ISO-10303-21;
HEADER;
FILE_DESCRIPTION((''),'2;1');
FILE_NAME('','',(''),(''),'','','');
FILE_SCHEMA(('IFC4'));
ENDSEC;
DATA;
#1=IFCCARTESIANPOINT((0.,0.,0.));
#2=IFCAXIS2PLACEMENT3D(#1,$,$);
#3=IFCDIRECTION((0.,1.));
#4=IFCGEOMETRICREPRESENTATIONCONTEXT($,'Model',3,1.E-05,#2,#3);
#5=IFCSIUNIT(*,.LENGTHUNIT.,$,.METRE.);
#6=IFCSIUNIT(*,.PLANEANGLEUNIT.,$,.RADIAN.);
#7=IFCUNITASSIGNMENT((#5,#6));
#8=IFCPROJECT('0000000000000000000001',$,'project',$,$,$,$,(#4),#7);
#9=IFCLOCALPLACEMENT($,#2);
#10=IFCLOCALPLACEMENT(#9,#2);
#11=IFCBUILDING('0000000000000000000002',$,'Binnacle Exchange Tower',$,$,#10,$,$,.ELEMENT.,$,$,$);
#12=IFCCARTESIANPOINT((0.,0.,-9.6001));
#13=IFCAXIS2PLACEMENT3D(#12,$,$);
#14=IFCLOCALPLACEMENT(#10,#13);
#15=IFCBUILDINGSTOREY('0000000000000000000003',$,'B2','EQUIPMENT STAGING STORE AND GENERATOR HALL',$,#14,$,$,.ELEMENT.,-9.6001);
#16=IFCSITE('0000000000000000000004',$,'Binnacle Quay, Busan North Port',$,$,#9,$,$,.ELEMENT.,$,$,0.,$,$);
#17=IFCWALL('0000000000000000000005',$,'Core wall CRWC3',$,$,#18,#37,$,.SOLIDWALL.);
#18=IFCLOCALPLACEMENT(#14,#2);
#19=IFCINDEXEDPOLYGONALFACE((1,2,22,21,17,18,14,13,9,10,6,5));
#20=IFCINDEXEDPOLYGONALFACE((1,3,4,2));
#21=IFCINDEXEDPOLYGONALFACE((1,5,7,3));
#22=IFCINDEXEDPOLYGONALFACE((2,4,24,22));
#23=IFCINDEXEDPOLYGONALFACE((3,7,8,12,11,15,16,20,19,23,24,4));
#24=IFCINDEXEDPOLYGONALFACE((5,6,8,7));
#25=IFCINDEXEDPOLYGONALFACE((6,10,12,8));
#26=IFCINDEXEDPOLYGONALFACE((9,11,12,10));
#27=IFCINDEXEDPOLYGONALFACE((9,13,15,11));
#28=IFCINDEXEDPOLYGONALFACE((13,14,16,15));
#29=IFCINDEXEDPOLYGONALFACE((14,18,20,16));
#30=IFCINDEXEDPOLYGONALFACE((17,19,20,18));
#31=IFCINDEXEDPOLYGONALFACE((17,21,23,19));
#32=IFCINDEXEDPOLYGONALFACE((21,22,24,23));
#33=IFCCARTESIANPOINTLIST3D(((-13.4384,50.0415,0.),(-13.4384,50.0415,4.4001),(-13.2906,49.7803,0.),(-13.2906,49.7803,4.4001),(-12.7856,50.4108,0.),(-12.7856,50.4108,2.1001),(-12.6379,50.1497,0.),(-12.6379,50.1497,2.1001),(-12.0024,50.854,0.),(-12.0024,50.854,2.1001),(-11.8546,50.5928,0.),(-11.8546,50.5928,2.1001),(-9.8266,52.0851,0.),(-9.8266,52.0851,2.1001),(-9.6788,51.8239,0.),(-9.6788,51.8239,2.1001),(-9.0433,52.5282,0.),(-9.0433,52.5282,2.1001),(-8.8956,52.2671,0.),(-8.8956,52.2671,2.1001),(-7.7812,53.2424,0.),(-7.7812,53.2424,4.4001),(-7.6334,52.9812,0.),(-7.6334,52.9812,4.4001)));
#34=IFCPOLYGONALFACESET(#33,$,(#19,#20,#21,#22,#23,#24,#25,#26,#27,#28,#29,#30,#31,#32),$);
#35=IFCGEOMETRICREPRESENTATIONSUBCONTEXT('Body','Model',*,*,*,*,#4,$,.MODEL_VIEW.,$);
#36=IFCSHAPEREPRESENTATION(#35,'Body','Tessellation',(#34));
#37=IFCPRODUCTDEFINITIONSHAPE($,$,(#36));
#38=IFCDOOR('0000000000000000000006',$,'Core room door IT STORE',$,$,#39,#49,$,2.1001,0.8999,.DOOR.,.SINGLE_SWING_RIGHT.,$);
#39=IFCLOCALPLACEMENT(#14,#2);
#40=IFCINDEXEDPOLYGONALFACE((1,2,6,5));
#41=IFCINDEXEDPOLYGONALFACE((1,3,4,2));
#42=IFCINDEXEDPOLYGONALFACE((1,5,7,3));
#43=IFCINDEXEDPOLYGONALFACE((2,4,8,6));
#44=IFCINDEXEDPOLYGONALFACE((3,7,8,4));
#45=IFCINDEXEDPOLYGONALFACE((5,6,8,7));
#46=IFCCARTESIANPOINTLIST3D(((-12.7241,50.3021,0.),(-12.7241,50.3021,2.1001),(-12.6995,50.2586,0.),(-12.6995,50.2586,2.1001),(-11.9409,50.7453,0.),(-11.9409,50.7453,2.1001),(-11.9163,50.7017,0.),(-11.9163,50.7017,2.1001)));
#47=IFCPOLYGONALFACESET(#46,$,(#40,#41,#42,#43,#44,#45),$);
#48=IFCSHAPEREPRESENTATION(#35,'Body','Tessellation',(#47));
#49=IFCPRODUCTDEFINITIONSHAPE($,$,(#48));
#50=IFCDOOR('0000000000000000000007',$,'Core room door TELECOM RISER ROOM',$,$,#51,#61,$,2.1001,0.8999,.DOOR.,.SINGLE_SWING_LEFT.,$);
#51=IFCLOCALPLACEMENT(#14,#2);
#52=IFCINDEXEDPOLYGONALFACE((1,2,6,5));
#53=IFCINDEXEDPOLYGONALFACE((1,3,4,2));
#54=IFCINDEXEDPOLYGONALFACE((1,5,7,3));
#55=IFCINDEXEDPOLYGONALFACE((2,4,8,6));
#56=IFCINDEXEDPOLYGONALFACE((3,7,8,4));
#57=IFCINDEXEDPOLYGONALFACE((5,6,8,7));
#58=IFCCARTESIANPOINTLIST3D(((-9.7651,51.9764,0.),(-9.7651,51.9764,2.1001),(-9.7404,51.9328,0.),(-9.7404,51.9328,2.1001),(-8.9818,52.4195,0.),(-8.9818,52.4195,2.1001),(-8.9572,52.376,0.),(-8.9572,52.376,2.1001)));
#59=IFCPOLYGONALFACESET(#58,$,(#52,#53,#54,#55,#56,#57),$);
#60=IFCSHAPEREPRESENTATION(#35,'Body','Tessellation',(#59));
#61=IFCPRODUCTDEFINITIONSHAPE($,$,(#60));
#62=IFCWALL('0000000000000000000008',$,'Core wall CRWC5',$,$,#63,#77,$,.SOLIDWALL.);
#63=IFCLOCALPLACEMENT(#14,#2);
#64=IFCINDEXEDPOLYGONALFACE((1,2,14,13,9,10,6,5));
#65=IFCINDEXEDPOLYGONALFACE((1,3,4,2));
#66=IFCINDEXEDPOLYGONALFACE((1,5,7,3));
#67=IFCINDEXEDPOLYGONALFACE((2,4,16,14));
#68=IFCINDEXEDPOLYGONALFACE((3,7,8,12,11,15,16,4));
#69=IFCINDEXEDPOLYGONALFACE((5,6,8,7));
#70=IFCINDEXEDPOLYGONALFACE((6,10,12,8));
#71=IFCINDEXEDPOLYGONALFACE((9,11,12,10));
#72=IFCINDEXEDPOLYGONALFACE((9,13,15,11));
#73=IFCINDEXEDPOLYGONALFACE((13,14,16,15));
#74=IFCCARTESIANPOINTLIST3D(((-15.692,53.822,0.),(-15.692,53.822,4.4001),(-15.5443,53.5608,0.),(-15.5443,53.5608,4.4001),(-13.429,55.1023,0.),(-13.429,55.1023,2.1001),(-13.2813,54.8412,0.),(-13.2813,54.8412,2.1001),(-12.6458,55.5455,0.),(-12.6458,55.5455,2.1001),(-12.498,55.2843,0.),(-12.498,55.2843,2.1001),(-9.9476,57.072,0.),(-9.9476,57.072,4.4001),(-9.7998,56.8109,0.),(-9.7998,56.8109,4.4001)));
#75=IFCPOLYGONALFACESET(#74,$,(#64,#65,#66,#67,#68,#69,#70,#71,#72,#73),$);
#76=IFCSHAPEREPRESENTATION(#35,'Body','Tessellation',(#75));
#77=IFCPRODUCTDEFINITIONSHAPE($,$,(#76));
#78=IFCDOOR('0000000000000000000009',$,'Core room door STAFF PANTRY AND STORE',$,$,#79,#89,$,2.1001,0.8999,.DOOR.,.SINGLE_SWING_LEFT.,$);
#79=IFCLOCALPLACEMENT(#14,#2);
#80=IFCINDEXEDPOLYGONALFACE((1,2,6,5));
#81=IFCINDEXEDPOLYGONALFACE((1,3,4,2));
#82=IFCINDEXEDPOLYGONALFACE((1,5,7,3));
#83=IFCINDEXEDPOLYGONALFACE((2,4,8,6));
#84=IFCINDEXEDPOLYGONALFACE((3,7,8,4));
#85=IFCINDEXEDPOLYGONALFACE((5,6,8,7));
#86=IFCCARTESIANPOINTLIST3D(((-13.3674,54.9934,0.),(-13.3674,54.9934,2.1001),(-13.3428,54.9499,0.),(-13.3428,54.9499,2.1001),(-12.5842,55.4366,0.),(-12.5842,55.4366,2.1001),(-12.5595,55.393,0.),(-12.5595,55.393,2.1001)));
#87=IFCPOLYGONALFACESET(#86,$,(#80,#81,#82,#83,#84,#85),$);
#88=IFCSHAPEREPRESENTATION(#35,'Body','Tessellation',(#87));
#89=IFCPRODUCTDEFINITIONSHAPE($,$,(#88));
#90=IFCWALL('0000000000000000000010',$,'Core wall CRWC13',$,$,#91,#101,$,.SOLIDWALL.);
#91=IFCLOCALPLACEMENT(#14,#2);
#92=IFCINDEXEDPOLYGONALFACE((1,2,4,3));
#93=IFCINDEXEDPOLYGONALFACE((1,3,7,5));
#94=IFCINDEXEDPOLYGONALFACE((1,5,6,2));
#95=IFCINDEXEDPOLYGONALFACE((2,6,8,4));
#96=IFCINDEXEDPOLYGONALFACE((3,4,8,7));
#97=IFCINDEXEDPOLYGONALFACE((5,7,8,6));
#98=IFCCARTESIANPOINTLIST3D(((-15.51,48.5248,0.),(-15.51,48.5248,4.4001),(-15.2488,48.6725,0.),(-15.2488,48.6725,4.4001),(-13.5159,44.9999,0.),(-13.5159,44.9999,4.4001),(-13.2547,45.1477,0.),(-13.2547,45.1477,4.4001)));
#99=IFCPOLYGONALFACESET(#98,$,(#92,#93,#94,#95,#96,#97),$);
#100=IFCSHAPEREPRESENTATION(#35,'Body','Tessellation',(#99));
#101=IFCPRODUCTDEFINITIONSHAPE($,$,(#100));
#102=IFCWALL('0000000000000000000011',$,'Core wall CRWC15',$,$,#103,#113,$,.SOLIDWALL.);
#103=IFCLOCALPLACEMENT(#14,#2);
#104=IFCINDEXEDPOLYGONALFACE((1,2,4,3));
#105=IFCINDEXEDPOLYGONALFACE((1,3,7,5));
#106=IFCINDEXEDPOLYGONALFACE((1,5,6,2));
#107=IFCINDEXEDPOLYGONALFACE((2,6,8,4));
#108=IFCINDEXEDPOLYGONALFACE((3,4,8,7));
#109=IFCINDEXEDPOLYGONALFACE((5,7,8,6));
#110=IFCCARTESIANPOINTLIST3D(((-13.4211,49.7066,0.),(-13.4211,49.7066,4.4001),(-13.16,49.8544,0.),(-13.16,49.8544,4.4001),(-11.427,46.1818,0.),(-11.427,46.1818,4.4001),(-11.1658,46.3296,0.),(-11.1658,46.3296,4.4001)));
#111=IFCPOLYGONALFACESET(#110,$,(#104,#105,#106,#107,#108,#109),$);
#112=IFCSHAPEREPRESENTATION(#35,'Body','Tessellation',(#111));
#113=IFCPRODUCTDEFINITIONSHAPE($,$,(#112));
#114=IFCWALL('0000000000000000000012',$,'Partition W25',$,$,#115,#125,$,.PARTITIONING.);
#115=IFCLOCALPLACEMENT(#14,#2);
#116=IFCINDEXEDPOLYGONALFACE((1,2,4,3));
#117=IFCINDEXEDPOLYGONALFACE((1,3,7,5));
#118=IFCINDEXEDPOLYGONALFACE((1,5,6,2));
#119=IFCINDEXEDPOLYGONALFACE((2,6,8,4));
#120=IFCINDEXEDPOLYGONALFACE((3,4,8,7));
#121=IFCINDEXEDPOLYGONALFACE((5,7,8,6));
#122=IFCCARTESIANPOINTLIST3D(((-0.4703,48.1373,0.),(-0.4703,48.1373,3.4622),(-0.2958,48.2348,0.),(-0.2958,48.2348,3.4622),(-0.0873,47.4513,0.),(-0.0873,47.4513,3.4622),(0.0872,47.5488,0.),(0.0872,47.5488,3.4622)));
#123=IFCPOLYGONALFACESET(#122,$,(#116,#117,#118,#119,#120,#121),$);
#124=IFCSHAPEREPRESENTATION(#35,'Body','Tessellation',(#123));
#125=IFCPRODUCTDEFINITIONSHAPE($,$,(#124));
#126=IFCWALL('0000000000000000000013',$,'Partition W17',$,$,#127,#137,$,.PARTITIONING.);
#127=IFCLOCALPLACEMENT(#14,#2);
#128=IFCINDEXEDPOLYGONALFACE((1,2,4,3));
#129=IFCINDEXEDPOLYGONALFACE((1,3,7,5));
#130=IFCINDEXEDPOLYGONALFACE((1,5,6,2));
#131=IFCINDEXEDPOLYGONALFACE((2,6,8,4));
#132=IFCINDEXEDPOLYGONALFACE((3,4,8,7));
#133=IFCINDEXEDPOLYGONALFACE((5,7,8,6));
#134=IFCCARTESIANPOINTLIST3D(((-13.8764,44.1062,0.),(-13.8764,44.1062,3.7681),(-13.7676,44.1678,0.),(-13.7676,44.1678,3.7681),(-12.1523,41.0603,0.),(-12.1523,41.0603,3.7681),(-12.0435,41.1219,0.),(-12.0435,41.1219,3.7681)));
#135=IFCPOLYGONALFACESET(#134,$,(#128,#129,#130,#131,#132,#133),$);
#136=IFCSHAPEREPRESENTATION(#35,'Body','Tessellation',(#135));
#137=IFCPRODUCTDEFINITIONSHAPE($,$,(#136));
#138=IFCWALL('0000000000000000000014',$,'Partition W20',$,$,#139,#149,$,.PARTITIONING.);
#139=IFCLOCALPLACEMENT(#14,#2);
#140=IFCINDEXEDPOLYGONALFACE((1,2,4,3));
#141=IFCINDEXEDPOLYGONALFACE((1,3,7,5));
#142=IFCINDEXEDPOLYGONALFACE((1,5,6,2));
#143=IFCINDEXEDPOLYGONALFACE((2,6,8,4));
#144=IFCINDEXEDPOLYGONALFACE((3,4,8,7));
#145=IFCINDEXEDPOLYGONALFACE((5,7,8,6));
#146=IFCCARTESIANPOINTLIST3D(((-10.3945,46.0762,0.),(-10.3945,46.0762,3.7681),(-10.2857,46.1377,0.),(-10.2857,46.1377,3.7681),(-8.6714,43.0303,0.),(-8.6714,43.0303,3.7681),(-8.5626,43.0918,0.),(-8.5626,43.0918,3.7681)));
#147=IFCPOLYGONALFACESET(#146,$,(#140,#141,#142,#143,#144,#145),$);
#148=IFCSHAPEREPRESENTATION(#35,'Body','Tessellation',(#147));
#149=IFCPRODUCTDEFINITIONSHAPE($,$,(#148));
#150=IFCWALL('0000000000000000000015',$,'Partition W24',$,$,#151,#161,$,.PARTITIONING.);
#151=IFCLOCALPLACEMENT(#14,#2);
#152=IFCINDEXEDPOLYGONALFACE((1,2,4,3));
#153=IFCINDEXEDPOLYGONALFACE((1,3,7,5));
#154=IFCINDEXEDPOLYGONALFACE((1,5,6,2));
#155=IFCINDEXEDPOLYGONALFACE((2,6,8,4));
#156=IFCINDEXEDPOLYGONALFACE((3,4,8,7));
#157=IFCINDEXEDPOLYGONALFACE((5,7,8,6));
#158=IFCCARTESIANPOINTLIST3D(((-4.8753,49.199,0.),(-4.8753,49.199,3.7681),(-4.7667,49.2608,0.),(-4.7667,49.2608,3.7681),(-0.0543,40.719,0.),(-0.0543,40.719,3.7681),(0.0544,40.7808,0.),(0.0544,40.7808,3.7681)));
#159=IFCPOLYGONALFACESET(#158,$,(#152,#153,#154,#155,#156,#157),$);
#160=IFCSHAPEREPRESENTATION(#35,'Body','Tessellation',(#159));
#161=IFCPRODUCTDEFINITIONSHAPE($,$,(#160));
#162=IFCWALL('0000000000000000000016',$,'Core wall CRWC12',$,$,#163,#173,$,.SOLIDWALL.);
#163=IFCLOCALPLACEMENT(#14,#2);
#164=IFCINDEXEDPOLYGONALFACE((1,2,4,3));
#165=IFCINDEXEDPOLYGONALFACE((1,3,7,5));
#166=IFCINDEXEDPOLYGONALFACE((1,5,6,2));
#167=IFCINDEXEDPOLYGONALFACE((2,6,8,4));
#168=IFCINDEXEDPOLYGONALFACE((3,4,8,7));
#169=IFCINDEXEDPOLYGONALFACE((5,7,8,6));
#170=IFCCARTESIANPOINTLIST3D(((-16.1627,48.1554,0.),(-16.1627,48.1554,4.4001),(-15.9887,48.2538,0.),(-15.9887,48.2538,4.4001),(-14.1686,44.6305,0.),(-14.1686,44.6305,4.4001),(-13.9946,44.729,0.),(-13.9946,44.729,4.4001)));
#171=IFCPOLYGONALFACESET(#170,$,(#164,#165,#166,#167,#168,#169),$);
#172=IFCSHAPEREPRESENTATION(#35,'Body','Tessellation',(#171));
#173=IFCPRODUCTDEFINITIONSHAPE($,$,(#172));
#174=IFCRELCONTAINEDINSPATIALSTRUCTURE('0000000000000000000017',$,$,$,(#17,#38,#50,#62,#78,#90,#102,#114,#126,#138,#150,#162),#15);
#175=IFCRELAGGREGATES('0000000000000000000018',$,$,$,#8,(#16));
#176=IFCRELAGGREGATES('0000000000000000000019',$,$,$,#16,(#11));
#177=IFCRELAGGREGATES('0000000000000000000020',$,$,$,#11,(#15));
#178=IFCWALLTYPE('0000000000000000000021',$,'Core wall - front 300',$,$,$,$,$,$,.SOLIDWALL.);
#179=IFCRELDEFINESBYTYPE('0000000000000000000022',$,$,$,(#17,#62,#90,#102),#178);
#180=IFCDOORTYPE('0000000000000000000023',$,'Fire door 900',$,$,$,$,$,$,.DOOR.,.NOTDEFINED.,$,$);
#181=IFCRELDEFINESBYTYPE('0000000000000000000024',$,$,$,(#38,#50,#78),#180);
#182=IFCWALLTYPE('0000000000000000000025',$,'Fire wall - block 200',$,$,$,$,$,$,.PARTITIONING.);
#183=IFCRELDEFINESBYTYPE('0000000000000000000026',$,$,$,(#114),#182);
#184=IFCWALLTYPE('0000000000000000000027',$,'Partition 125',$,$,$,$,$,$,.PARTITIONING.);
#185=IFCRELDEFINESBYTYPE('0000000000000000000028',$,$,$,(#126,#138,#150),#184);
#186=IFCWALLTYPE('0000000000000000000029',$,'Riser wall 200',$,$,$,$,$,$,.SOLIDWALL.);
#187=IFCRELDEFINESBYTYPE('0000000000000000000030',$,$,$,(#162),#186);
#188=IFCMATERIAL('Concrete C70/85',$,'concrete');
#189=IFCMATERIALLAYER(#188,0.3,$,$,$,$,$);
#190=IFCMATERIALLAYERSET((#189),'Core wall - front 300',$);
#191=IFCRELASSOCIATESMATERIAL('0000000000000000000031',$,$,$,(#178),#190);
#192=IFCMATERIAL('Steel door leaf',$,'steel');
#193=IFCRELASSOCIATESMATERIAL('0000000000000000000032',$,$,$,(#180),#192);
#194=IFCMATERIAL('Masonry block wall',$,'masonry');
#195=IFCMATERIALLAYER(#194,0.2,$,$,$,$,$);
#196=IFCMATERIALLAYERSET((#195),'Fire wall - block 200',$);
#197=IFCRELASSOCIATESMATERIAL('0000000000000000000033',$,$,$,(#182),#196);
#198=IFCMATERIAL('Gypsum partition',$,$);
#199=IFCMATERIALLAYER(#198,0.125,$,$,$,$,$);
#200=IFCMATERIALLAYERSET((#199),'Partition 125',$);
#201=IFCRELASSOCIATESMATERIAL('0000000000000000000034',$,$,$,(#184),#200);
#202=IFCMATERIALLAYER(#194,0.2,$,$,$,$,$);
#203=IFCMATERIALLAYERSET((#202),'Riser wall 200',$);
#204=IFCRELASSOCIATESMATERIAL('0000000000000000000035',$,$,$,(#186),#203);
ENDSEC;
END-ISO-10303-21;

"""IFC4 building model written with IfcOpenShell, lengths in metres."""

from ifc_helpers import new_model, si_unit, direction, frame, frame_2d, origin, place, context, subcontext, project, spatial, rectangle, extrude, material, layer, layer_set, type_object, element, fill, save


model = new_model("IFC4")

# Units and contexts
model_context = context("Model", 3, precision=1e-05, world=origin(), true_north=direction((0.0, 1.0)))
body_context = subcontext(model_context, "Body", "Model", "MODEL_VIEW")
ifc_project = project(units=[si_unit("LENGTHUNIT", "METRE"), si_unit("PLANEANGLEUNIT", "RADIAN")], contexts=[model_context])

# Site, building, storey
site_placement = place(None, origin())
site = spatial("IfcSite", under=ifc_project, at=site_placement, Name="Binnacle Quay, Busan North Port", CompositionType="ELEMENT", RefElevation=0.0)
building_placement = place(site_placement, origin())
building = spatial("IfcBuilding", under=site, at=building_placement, Name="Binnacle Exchange Tower", CompositionType="ELEMENT")
storey_placement = place(building_placement, frame((0.0, 0.0, -9.6001)))
storey = spatial("IfcBuildingStorey", under=building, at=storey_placement, Name="B2", Description="EQUIPMENT STAGING STORE AND GENERATOR HALL", CompositionType="ELEMENT", Elevation=-9.6001)

# Shared definitions
ifc_material_1 = material(Name="Concrete C70/85", Category="concrete")

# Wall, openings, doors
ifc_layer_1 = layer(ifc_material_1, 0.3)
ifc_layer_set_1 = layer_set([ifc_layer_1], Name="Core wall - front 300")
wall_type_1 = type_object("IfcWallType", Name="Core wall - front 300", PredefinedType="SOLIDWALL", material=ifc_layer_set_1)
wall_1_placement = place(storey_placement, frame((-13.3645, 49.9109, 0.0), z_axis=(0.0, 0.0, 1.0), x_axis=(0.870341, 0.49245, 0.0)))
wall_1 = element("IfcWall", 1, at=wall_1_placement, inside=storey, type_object=wall_type_1, Name="Core wall CRWC3", PredefinedType="SOLIDWALL", context=body_context, shape_type="SweptSolid", body=[
    extrude(rectangle(XDim=6.5, YDim=0.3, at=frame_2d((3.25, 0.0))), origin(), (0.0, 0.0, 1.0), 4.4001),
])
opening_1_placement = place(wall_1_placement, frame((0.75, 0.0, 0.0)))
opening_1 = element("IfcOpeningElement", 2, at=opening_1_placement, cuts=wall_1, PredefinedType="OPENING", context=body_context, shape_type="SweptSolid", body=[
    extrude(rectangle(XDim=0.8999, YDim=2.1001, at=frame_2d((0.45, 1.05))), frame((0.0, 0.1599, 0.0), z_axis=(0.0, -1.0, 0.0), x_axis=(1.0, 0.0, 0.0)), (0.0, 0.0, 1.0), 0.3201),
])
opening_2_placement = place(wall_1_placement, frame((4.1499, 0.0, 0.0)))
opening_2 = element("IfcOpeningElement", 3, at=opening_2_placement, cuts=wall_1, PredefinedType="OPENING", context=body_context, shape_type="SweptSolid", body=[
    extrude(rectangle(XDim=0.8999, YDim=2.1001, at=frame_2d((0.45, 1.05))), frame((0.0, 0.1599, 0.0), z_axis=(0.0, -1.0, 0.0), x_axis=(1.0, 0.0, 0.0)), (0.0, 0.0, 1.0), 0.3201),
])
ifc_material_2 = material(Name="Steel door leaf", Category="steel")
door_type = type_object("IfcDoorType", Name="Fire door 900", OperationType="NOTDEFINED", PredefinedType="DOOR", material=ifc_material_2)
door_1_placement = place(opening_1_placement, frame((0.8999, 0.0, 0.0), z_axis=(0.0, 0.0, 1.0), x_axis=(-1.0, 0.0, 0.0)))
door_1 = element("IfcDoor", 4, at=door_1_placement, inside=storey, type_object=door_type, Name="Core room door IT STORE", OperationType="SINGLE_SWING_RIGHT", OverallHeight=2.1001, OverallWidth=0.8999, PredefinedType="DOOR", context=body_context, shape_type="SweptSolid", body=[
    extrude(rectangle(XDim=0.8999, YDim=2.1001, at=frame_2d((0.45, 1.05))), frame((0.0, 0.0249, 0.0), z_axis=(0.0, -1.0, 0.0), x_axis=(1.0, 0.0, 0.0)), (0.0, 0.0, 1.0), 0.05),
])
fill(opening_1, door_1)
door_2_placement = place(opening_2_placement, frame((0.8999, 0.0, 0.0), z_axis=(0.0, 0.0, 1.0), x_axis=(-1.0, 0.0, 0.0)))
door_2 = element("IfcDoor", 5, at=door_2_placement, inside=storey, type_object=door_type, Name="Core room door TELECOM RISER ROOM", OperationType="SINGLE_SWING_LEFT", OverallHeight=2.1001, OverallWidth=0.8999, PredefinedType="DOOR", context=body_context, shape_type="SweptSolid", body=[
    extrude(rectangle(XDim=0.8999, YDim=2.1001, at=frame_2d((0.45, 1.05))), frame((0.0, 0.0249, 0.0), z_axis=(0.0, -1.0, 0.0), x_axis=(1.0, 0.0, 0.0)), (0.0, 0.0, 1.0), 0.05),
])
fill(opening_2, door_2)

# Wall, opening, door
wall_2_placement = place(storey_placement, frame((-15.6182, 53.6914, 0.0), z_axis=(0.0, 0.0, 1.0), x_axis=(0.870357, 0.492422, 0.0)))
wall_2 = element("IfcWall", 6, at=wall_2_placement, inside=storey, type_object=wall_type_1, Name="Core wall CRWC5", PredefinedType="SOLIDWALL", context=body_context, shape_type="SweptSolid", body=[
    extrude(rectangle(XDim=6.6001, YDim=0.3, at=frame_2d((3.3, 0.0))), origin(), (0.0, 0.0, 1.0), 4.4001),
])
opening_3_placement = place(wall_2_placement, frame((2.6001, 0.0, 0.0)))
opening_3 = element("IfcOpeningElement", 7, at=opening_3_placement, cuts=wall_2, PredefinedType="OPENING", context=body_context, shape_type="SweptSolid", body=[
    extrude(rectangle(XDim=0.8999, YDim=2.1001, at=frame_2d((0.45, 1.05))), frame((0.0, 0.1599, 0.0), z_axis=(0.0, -1.0, 0.0), x_axis=(1.0, 0.0, 0.0)), (0.0, 0.0, 1.0), 0.3201),
])
door_3_placement = place(opening_3_placement, origin())
door_3 = element("IfcDoor", 8, at=door_3_placement, inside=storey, type_object=door_type, Name="Core room door STAFF PANTRY AND STORE", OperationType="SINGLE_SWING_LEFT", OverallHeight=2.1001, OverallWidth=0.8999, PredefinedType="DOOR", context=body_context, shape_type="SweptSolid", body=[
    extrude(rectangle(XDim=0.8999, YDim=2.1001, at=frame_2d((0.45, 1.05))), frame((0.0, 0.0249, 0.0), z_axis=(0.0, -1.0, 0.0), x_axis=(1.0, 0.0, 0.0)), (0.0, 0.0, 1.0), 0.05),
])
fill(opening_3, door_3)

# Walls
for number, where, z_axis, x_axis, name in (
    (9, (-15.3794, 48.5986, 0.0), (0.0, 0.0, 1.0), (0.492395, -0.870372, 0.0), "Core wall CRWC13"),
    (10, (-13.2905, 49.7805, 0.0), (0.0, 0.0, 1.0), (0.492395, -0.870372, 0.0), "Core wall CRWC15"),
):
    element("IfcWall", number, at=place(storey_placement, frame(where, z_axis=z_axis, x_axis=x_axis)), inside=storey, type_object=wall_type_1, Name=name, PredefinedType="SOLIDWALL", context=body_context, shape_type="SweptSolid", body=[
        extrude(rectangle(XDim=4.0498, YDim=0.3, at=frame_2d((2.0249, 0.0))), origin(), (0.0, 0.0, 1.0), 4.4001),
    ])
ifc_material_3 = material(Name="Masonry block wall", Category="masonry")
ifc_layer_2 = layer(ifc_material_3, 0.2)
ifc_layer_set_2 = layer_set([ifc_layer_2], Name="Fire wall - block 200")
wall_type_2 = type_object("IfcWallType", Name="Fire wall - block 200", PredefinedType="PARTITIONING", material=ifc_layer_set_2)
wall_3_placement = place(storey_placement, frame((-0.3831, 48.186, 0.0), z_axis=(0.0, 0.0, 1.0), x_axis=(0.487515, -0.873115, 0.0)))
element("IfcWall", 11, at=wall_3_placement, inside=storey, type_object=wall_type_2, Name="Partition W25", PredefinedType="PARTITIONING", context=body_context, shape_type="SweptSolid", body=[
    extrude(rectangle(XDim=0.7856, YDim=0.2, at=frame_2d((0.3928, 0.0))), origin(), (0.0, 0.0, 1.0), 3.4622),
])
ifc_material_4 = material(Name="Gypsum partition")
ifc_layer_3 = layer(ifc_material_4, 0.125)
ifc_layer_set_3 = layer_set([ifc_layer_3], Name="Partition 125")
wall_type_3 = type_object("IfcWallType", Name="Partition 125", PredefinedType="PARTITIONING", material=ifc_layer_set_3)
wall_4_placement = place(storey_placement, frame((-13.822, 44.137, 0.0), z_axis=(0.0, 0.0, 1.0), x_axis=(0.492604, -0.870253, 0.0)))
element("IfcWall", 12, at=wall_4_placement, inside=storey, type_object=wall_type_3, Name="Partition W17", PredefinedType="PARTITIONING", context=body_context, shape_type="SweptSolid", body=[
    extrude(rectangle(XDim=3.5, YDim=0.125, at=frame_2d((1.75, 0.0))), origin(), (0.0, 0.0, 1.0), 3.7681),
])
wall_5_placement = place(storey_placement, frame((-10.3401, 46.1069, 0.0), z_axis=(0.0, 0.0, 1.0), x_axis=(0.492393, -0.870373, 0.0)))
element("IfcWall", 13, at=wall_5_placement, inside=storey, type_object=wall_type_3, Name="Partition W20", PredefinedType="PARTITIONING", context=body_context, shape_type="SweptSolid", body=[
    extrude(rectangle(XDim=3.4995, YDim=0.125, at=frame_2d((1.7498, 0.0))), origin(), (0.0, 0.0, 1.0), 3.7681),
])
wall_6_placement = place(storey_placement, frame((-4.821, 49.23, 0.0), z_axis=(0.0, 0.0, 1.0), x_axis=(0.494232, -0.86933, 0.0)))
element("IfcWall", 14, at=wall_6_placement, inside=storey, type_object=wall_type_3, Name="Partition W24", PredefinedType="PARTITIONING", context=body_context, shape_type="SweptSolid", body=[
    extrude(rectangle(XDim=9.7546, YDim=0.125, at=frame_2d((4.8774, 0.0))), origin(), (0.0, 0.0, 1.0), 3.7681),
])
ifc_layer_4 = layer(ifc_material_3, 0.2)
ifc_layer_set_4 = layer_set([ifc_layer_4], Name="Riser wall 200")
wall_type_4 = type_object("IfcWallType", Name="Riser wall 200", PredefinedType="SOLIDWALL", material=ifc_layer_set_4)
wall_7_placement = place(storey_placement, frame((-16.0757, 48.2046, 0.0), z_axis=(0.0, 0.0, 1.0), x_axis=(0.492395, -0.870372, 0.0)))
element("IfcWall", 15, at=wall_7_placement, inside=storey, type_object=wall_type_4, Name="Core wall CRWC12", PredefinedType="SOLIDWALL", context=body_context, shape_type="SweptSolid", body=[
    extrude(rectangle(XDim=4.0498, YDim=0.2, at=frame_2d((2.0249, 0.0))), origin(), (0.0, 0.0, 1.0), 4.4001),
])

save(model, "model.ifc")
